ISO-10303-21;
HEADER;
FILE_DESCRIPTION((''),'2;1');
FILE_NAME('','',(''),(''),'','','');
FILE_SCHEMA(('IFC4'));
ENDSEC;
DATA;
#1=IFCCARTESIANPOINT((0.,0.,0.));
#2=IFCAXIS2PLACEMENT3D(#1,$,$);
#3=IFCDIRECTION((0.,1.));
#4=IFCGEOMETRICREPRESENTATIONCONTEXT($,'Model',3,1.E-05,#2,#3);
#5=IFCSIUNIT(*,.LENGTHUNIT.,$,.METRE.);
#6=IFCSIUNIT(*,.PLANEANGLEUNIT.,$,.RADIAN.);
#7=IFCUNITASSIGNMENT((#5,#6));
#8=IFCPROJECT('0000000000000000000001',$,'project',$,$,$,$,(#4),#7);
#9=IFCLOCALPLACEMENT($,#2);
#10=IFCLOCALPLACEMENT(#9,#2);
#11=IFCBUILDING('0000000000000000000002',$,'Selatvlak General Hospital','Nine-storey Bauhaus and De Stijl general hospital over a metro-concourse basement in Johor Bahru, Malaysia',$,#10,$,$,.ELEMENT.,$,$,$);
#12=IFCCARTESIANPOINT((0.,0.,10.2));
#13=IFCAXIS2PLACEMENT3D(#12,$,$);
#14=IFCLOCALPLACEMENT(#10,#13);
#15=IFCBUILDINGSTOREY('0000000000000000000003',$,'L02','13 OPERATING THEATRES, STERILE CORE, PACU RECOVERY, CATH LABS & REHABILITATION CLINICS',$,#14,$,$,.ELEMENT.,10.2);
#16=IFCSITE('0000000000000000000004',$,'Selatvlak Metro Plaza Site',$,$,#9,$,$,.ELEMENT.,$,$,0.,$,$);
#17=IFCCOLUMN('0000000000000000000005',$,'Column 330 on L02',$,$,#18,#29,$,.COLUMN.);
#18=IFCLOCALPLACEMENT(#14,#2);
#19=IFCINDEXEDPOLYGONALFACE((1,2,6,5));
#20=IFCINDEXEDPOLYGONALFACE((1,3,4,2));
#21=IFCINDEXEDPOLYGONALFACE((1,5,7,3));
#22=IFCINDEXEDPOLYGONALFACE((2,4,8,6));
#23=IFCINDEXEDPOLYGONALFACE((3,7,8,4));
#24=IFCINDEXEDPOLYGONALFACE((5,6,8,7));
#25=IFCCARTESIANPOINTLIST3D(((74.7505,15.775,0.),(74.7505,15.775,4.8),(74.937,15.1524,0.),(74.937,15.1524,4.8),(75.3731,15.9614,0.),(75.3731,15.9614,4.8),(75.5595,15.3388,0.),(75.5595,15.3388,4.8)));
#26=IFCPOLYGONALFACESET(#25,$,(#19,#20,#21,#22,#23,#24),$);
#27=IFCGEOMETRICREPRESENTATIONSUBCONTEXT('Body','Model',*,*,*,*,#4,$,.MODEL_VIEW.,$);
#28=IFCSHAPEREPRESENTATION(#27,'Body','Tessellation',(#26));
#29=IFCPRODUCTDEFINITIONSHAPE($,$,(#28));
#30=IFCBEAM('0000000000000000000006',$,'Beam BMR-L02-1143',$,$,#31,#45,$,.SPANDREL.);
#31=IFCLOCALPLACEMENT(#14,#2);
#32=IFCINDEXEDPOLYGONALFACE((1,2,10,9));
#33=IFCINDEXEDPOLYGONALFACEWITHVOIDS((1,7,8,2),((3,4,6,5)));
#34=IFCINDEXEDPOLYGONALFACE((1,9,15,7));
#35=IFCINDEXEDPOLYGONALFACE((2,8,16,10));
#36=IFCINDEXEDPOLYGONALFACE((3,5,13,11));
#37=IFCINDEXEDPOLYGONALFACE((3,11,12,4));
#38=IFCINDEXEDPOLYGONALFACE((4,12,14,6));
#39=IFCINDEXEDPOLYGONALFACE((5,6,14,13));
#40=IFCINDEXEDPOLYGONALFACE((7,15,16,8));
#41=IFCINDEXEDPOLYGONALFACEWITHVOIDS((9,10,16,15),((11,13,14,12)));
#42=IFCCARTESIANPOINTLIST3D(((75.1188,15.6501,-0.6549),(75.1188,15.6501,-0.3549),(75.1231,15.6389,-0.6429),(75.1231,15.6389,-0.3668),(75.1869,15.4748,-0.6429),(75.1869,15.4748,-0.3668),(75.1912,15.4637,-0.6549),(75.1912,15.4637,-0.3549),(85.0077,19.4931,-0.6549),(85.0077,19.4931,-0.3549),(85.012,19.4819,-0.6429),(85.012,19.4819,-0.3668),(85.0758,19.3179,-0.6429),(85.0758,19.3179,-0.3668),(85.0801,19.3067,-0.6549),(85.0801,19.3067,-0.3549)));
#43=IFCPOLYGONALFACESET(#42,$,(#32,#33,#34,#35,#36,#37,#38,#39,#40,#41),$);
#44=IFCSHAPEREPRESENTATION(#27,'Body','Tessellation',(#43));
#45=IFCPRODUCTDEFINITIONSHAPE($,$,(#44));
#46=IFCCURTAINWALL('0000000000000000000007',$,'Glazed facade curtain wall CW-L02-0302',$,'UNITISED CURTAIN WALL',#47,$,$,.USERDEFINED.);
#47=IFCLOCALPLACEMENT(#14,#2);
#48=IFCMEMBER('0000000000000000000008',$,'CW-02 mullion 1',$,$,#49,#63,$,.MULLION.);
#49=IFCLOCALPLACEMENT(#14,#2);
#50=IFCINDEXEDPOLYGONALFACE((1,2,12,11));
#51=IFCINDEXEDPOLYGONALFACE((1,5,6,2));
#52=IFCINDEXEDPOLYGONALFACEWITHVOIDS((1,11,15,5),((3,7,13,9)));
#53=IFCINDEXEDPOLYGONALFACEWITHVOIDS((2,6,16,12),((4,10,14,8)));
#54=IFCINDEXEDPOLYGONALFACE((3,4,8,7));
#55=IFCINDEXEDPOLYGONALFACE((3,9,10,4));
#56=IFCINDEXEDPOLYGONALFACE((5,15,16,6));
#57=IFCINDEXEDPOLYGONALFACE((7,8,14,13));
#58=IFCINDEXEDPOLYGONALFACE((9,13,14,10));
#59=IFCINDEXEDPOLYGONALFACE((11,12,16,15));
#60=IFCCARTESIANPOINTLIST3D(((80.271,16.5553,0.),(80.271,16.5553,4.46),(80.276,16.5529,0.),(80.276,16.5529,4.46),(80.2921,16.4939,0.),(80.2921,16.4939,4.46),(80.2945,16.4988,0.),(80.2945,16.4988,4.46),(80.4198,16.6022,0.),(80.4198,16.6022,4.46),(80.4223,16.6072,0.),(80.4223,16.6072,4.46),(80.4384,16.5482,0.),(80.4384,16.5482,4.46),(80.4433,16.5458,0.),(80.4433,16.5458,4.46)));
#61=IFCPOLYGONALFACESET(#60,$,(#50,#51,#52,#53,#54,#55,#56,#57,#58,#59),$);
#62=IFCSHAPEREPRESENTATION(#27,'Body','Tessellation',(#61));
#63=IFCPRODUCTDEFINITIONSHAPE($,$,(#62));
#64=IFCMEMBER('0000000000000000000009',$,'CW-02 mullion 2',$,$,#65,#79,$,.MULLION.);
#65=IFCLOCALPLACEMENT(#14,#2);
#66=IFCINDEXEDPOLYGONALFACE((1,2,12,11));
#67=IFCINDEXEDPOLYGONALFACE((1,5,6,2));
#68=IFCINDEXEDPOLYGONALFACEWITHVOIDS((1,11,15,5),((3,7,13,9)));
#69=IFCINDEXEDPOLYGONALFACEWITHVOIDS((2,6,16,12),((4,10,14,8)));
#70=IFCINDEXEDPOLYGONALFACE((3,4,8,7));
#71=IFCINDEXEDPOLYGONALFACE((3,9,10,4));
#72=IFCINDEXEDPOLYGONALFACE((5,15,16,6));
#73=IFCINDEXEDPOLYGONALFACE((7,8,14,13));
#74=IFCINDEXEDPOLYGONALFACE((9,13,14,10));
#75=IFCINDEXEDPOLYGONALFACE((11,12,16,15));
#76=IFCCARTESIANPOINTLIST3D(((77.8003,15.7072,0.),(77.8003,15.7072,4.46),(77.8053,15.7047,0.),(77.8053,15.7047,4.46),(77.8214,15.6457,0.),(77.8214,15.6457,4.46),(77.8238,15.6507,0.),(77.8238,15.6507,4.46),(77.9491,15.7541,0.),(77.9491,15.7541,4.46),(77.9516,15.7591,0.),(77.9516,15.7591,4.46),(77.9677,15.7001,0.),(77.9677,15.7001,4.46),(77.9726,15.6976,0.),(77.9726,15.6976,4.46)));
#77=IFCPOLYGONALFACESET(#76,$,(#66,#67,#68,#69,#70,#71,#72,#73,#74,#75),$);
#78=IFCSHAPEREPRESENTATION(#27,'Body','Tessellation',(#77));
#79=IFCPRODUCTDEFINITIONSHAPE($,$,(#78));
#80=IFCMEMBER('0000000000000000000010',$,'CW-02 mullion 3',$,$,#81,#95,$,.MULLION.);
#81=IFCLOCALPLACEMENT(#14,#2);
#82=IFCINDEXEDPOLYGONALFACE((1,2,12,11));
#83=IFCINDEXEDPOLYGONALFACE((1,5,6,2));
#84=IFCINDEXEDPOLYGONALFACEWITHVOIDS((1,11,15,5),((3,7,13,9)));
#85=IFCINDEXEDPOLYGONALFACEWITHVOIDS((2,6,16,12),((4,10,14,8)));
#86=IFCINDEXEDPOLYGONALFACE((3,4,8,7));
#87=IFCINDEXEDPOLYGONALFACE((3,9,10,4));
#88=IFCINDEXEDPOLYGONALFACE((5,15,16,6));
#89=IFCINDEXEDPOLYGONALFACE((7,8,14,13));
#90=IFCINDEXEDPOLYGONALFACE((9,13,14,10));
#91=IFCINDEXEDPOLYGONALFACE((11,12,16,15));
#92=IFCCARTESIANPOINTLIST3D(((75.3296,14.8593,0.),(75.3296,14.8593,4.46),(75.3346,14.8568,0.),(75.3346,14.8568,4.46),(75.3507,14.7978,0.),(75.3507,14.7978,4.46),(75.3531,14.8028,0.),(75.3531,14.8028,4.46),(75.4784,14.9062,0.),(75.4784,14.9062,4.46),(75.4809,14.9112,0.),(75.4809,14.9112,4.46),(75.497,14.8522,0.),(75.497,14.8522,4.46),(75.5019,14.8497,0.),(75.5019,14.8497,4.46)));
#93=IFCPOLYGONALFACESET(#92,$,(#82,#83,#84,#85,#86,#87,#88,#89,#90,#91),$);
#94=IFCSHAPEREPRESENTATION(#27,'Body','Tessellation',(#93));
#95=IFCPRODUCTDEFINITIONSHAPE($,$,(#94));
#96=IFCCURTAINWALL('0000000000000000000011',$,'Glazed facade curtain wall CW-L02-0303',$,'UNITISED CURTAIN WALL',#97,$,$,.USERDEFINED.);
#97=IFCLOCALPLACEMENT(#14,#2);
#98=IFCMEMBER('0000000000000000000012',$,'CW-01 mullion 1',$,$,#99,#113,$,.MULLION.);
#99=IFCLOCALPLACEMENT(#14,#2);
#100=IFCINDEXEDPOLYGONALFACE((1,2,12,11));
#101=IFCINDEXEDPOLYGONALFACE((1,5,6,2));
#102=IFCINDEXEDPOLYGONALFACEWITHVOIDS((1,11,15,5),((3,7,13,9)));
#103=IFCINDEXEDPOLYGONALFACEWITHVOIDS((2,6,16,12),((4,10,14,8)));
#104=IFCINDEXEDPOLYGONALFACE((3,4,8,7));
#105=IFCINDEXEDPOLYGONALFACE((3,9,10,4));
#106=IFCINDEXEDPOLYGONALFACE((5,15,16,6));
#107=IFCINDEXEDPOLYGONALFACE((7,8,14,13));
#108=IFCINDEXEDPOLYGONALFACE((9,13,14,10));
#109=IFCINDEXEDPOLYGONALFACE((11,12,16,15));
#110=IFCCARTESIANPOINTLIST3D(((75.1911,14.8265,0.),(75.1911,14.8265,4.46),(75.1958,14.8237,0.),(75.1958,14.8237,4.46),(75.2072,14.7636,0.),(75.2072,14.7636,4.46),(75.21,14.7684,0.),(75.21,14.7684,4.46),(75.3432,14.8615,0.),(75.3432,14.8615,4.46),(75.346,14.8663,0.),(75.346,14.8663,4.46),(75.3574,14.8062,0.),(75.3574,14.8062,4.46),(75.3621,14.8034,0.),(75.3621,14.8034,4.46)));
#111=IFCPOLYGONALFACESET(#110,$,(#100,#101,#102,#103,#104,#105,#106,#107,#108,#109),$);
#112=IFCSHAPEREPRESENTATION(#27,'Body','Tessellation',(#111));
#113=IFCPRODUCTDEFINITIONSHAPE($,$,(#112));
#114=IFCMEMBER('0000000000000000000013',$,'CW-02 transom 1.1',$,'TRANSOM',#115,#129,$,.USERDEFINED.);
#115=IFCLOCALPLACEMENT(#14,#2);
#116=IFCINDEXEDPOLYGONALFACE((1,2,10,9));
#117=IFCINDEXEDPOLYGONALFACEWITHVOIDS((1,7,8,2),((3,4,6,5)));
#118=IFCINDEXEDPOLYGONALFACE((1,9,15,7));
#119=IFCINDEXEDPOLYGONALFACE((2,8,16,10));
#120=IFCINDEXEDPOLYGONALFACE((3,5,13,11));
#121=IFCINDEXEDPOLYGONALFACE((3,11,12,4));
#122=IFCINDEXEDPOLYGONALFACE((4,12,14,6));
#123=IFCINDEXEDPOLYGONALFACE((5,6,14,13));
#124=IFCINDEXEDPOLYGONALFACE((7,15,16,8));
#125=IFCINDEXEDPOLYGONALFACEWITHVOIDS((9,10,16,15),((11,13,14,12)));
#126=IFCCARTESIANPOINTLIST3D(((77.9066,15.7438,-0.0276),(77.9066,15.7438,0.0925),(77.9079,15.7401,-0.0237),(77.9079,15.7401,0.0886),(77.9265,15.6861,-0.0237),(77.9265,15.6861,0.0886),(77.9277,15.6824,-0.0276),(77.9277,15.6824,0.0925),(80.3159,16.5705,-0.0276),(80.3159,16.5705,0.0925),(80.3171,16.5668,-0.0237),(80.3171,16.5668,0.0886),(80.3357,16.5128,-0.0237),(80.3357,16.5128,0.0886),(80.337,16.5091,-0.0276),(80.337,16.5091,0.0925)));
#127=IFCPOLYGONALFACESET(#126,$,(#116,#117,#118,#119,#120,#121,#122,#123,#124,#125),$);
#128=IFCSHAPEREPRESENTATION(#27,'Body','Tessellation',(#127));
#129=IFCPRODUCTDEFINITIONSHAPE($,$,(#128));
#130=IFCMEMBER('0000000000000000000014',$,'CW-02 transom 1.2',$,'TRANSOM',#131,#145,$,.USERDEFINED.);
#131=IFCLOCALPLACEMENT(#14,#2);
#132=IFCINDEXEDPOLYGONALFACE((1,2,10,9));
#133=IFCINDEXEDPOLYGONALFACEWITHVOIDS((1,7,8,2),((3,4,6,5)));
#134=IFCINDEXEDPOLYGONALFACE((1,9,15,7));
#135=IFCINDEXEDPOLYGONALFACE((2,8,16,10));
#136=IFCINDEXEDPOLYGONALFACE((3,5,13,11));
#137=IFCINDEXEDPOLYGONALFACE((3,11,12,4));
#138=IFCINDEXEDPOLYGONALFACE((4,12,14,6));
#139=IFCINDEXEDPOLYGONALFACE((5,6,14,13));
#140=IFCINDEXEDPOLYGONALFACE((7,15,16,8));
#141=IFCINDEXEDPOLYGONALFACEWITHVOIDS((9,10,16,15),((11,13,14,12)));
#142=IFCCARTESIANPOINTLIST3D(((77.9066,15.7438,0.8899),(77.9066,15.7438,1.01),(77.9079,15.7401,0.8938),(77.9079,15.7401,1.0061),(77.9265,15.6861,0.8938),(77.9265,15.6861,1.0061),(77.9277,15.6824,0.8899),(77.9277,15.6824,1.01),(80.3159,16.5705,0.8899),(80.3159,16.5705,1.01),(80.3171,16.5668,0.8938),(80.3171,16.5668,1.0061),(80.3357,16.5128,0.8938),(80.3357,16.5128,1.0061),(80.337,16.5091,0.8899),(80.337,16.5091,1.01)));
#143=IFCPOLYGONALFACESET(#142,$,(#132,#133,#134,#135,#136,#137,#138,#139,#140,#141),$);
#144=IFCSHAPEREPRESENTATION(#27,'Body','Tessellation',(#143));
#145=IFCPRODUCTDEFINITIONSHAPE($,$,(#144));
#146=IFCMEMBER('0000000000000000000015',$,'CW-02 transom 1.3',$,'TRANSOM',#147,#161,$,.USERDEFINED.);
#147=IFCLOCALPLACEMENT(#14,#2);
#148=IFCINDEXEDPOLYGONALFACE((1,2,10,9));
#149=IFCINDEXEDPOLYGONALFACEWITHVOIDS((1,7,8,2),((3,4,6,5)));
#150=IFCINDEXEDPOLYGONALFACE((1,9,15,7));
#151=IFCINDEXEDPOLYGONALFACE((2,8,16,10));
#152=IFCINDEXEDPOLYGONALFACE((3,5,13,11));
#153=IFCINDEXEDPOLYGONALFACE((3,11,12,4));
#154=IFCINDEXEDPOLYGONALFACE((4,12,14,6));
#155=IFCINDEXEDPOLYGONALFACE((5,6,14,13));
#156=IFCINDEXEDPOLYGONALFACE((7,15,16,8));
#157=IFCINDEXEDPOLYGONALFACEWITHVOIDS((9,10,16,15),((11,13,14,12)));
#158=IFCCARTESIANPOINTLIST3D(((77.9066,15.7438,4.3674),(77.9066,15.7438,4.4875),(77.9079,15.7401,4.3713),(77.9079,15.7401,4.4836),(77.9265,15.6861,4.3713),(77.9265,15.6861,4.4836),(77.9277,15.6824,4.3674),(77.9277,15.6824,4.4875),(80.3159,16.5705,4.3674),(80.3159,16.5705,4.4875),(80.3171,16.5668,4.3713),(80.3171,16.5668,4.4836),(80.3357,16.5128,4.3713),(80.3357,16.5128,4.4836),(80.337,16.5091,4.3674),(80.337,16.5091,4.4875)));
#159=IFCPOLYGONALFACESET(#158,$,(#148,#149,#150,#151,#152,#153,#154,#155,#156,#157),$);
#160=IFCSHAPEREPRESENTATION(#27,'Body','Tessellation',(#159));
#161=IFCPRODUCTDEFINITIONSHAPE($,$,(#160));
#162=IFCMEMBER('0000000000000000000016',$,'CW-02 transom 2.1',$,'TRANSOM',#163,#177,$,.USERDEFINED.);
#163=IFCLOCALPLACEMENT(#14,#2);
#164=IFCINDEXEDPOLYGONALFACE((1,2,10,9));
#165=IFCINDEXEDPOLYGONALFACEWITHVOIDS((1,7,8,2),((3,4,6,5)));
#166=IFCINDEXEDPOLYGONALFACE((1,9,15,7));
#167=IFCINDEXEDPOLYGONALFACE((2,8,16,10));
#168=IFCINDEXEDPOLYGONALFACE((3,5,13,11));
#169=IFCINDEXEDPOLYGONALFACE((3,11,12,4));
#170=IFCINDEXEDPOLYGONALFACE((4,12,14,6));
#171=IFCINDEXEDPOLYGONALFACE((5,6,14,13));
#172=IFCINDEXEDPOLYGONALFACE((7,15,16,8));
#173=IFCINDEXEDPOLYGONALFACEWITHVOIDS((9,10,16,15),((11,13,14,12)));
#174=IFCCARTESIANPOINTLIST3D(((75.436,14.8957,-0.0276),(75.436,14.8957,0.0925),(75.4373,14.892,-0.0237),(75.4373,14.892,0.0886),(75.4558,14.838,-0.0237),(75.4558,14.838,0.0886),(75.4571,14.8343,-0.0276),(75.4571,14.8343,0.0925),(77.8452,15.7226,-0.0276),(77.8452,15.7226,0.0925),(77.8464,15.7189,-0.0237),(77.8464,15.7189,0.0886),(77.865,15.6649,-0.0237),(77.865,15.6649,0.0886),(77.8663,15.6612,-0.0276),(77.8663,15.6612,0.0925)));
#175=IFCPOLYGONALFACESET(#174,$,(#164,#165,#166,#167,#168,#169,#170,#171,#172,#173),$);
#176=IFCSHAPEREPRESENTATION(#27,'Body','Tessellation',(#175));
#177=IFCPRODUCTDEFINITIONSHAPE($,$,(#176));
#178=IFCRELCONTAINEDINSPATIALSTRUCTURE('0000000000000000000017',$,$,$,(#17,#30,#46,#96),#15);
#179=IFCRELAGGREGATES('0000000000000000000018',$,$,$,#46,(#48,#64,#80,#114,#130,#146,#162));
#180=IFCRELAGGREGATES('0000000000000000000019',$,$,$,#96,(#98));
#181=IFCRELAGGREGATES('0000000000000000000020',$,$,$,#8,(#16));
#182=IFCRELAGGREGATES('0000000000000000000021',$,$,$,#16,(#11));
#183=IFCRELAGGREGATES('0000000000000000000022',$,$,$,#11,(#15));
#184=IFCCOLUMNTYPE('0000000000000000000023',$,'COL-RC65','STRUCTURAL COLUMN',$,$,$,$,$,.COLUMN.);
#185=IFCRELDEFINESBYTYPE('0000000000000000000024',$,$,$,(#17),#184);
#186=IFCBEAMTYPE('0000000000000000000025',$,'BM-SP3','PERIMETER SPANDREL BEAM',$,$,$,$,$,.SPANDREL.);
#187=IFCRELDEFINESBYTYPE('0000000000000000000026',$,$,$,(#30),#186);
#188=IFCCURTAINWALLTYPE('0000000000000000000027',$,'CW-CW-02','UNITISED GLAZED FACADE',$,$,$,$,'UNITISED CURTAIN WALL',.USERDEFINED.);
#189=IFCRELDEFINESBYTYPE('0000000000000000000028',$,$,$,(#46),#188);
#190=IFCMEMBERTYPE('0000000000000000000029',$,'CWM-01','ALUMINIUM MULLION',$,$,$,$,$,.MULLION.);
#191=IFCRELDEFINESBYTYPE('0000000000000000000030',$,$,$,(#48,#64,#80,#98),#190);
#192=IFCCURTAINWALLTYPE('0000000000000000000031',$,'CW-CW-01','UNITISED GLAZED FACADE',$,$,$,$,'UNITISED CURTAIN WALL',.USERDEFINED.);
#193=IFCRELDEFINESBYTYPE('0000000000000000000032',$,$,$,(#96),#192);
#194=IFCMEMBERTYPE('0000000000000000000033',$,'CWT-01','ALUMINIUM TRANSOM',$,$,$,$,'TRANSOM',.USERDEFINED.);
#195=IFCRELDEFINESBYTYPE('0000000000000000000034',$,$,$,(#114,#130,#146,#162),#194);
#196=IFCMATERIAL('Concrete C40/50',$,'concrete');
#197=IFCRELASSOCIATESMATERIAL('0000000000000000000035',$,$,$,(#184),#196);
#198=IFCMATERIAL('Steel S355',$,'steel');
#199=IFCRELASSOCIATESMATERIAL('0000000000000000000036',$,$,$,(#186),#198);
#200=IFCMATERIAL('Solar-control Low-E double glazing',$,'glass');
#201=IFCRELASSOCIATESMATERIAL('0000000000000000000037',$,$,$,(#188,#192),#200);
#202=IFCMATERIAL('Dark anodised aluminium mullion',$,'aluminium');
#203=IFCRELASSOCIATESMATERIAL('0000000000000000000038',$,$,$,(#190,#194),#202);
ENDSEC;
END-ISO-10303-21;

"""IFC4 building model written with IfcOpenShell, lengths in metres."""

from ifc_helpers import new_model, si_unit, direction, frame, origin, origin_2d, place, context, subcontext, project, spatial, rectangle, hollow_rectangle, extrude, material, material_profile, profile_set, type_object, element, aggregate, save


model = new_model("IFC4")

# Units and contexts
model_context = context("Model", 3, precision=1e-05, world=origin(), true_north=direction((0.0, 1.0)))
body_context = subcontext(model_context, "Body", "Model", "MODEL_VIEW")
ifc_project = project(units=[si_unit("LENGTHUNIT", "METRE"), si_unit("PLANEANGLEUNIT", "RADIAN")], contexts=[model_context])

# Site, building, storey
site_placement = place(None, origin())
site = spatial("IfcSite", under=ifc_project, at=site_placement, Name="Selatvlak Metro Plaza Site", CompositionType="ELEMENT", RefElevation=0.0)
building_placement = place(site_placement, origin())
building = spatial("IfcBuilding", under=site, at=building_placement, Name="Selatvlak General Hospital", Description="Nine-storey Bauhaus and De Stijl general hospital over a metro-concourse basement in Johor Bahru, Malaysia", CompositionType="ELEMENT")
storey_placement = place(building_placement, frame((0.0, 0.0, 10.2)))
storey = spatial("IfcBuildingStorey", under=building, at=storey_placement, Name="L02", Description="13 OPERATING THEATRES, STERILE CORE, PACU RECOVERY, CATH LABS & REHABILITATION CLINICS", CompositionType="ELEMENT", Elevation=10.2)

# Column
ifc_material_1 = material(Name="Concrete C40/50", Category="concrete")
ifc_material_profile_1 = material_profile(ifc_material_1, rectangle(XDim=0.6499, YDim=0.6499, at=origin_2d()), Name="RC-COL 650x650")
ifc_profile_set_1 = profile_set([ifc_material_profile_1], Name="Concrete C40/50")
column_type = type_object("IfcColumnType", Name="COL-RC65", Description="STRUCTURAL COLUMN", PredefinedType="COLUMN", material=ifc_profile_set_1)
column_placement = place(storey_placement, frame((75.155, 15.5569, 0.0), z_axis=(0.0, 0.0, 1.0), x_axis=(-0.286859, 0.957973, 0.0)))
element("IfcColumn", 1, at=column_placement, inside=storey, type_object=column_type, Name="Column 330 on L02", PredefinedType="COLUMN", context=body_context, shape_type="SweptSolid", body=[
    extrude(rectangle(XDim=0.6499, YDim=0.6499, at=origin_2d()), origin(), (0.0, 0.0, 1.0), 4.8),
])

# Beam
ifc_material_2 = material(Name="Steel S355", Category="steel")
ifc_material_profile_2 = material_profile(ifc_material_2, hollow_rectangle(XDim=0.2, YDim=0.3, WallThickness=0.012, at=origin_2d()), Name="RHS 300x200x12")
ifc_profile_set_2 = profile_set([ifc_material_profile_2], Name="Steel S355")
beam_type = type_object("IfcBeamType", Name="BM-SP3", Description="PERIMETER SPANDREL BEAM", PredefinedType="SPANDREL", material=ifc_profile_set_2)
beam_placement = place(storey_placement, frame((75.155, 15.5569, -0.5049), z_axis=(0.93209, 0.362227, 0.0), x_axis=(-0.362227, 0.93209, 0.0)))
element("IfcBeam", 2, at=beam_placement, inside=storey, type_object=beam_type, Name="Beam BMR-L02-1143", PredefinedType="SPANDREL", context=body_context, shape_type="SweptSolid", body=[
    extrude(hollow_rectangle(XDim=0.2, YDim=0.3, WallThickness=0.012, at=origin_2d()), origin(), (0.0, 0.0, 1.0), 10.6094),
])

# Curtain wall, members
ifc_material_3 = material(Name="Solar-control Low-E double glazing", Category="glass")
curtain_wall_type_1 = type_object("IfcCurtainWallType", Name="CW-CW-02", Description="UNITISED GLAZED FACADE", ElementType="UNITISED CURTAIN WALL", PredefinedType="USERDEFINED", material=ifc_material_3)
curtain_wall_1_placement = place(storey_placement, origin())
curtain_wall_1 = element("IfcCurtainWall", 3, at=curtain_wall_1_placement, inside=storey, type_object=curtain_wall_type_1, Name="Glazed facade curtain wall CW-L02-0302", ObjectType="UNITISED CURTAIN WALL", PredefinedType="USERDEFINED")
ifc_material_4 = material(Name="Dark anodised aluminium mullion", Category="aluminium")
ifc_material_profile_3 = material_profile(ifc_material_4, hollow_rectangle(XDim=0.0649, YDim=0.1599, WallThickness=0.0039, at=origin_2d()), Name="AL-MUL 65x160x4")
ifc_profile_set_3 = profile_set([ifc_material_profile_3], Name="Dark anodised aluminium mullion")
member_type_1 = type_object("IfcMemberType", Name="CWM-01", Description="ALUMINIUM MULLION", PredefinedType="MULLION", material=ifc_profile_set_3)
member_1_placement = place(storey_placement, frame((80.3572, 16.5505, 0.0), z_axis=(0.0, 0.0, 1.0), x_axis=(0.324609, -0.945848, 0.0)))
member_1 = element("IfcMember", 4, at=member_1_placement, type_object=member_type_1, Name="CW-02 mullion 1", PredefinedType="MULLION", context=body_context, shape_type="SweptSolid", body=[
    extrude(hollow_rectangle(XDim=0.0649, YDim=0.1599, WallThickness=0.0039, at=origin_2d()), origin(), (0.0, 0.0, 1.0), 4.46),
])
member_2_placement = place(storey_placement, frame((77.8865, 15.7024, 0.0), z_axis=(0.0, 0.0, 1.0), x_axis=(0.324609, -0.945848, 0.0)))
member_2 = element("IfcMember", 5, at=member_2_placement, type_object=member_type_1, Name="CW-02 mullion 2", PredefinedType="MULLION", context=body_context, shape_type="SweptSolid", body=[
    extrude(hollow_rectangle(XDim=0.0649, YDim=0.1599, WallThickness=0.0039, at=origin_2d()), origin(), (0.0, 0.0, 1.0), 4.46),
])
member_3_placement = place(storey_placement, frame((75.4158, 14.8545, 0.0), z_axis=(0.0, 0.0, 1.0), x_axis=(0.324609, -0.945848, 0.0)))
member_3 = element("IfcMember", 6, at=member_3_placement, type_object=member_type_1, Name="CW-02 mullion 3", PredefinedType="MULLION", context=body_context, shape_type="SweptSolid", body=[
    extrude(hollow_rectangle(XDim=0.0649, YDim=0.1599, WallThickness=0.0039, at=origin_2d()), origin(), (0.0, 0.0, 1.0), 4.46),
])

# Curtain wall, member
curtain_wall_type_2 = type_object("IfcCurtainWallType", Name="CW-CW-01", Description="UNITISED GLAZED FACADE", ElementType="UNITISED CURTAIN WALL", PredefinedType="USERDEFINED", material=ifc_material_3)
curtain_wall_2_placement = place(storey_placement, origin())
curtain_wall_2 = element("IfcCurtainWall", 7, at=curtain_wall_2_placement, inside=storey, type_object=curtain_wall_type_2, Name="Glazed facade curtain wall CW-L02-0303", ObjectType="UNITISED CURTAIN WALL", PredefinedType="USERDEFINED")
member_4_placement = place(storey_placement, frame((75.2766, 14.8149, 0.0), z_axis=(0.0, 0.0, 1.0), x_axis=(0.248544, -0.968621, 0.0)))
member_4 = element("IfcMember", 8, at=member_4_placement, type_object=member_type_1, Name="CW-01 mullion 1", PredefinedType="MULLION", context=body_context, shape_type="SweptSolid", body=[
    extrude(hollow_rectangle(XDim=0.0649, YDim=0.1599, WallThickness=0.0039, at=origin_2d()), origin(), (0.0, 0.0, 1.0), 4.46),
])

# Members
ifc_material_profile_4 = material_profile(ifc_material_4, hollow_rectangle(XDim=0.0649, YDim=0.1201, WallThickness=0.0039, at=origin_2d()), Name="AL-TRN 65x120x4")
ifc_profile_set_4 = profile_set([ifc_material_profile_4], Name="Dark anodised aluminium mullion")
member_type_2 = type_object("IfcMemberType", Name="CWT-01", Description="ALUMINIUM TRANSOM", ElementType="TRANSOM", PredefinedType="USERDEFINED", material=ifc_profile_set_4)
member_5_placement = place(storey_placement, frame((80.3264, 16.5398, 0.0325), z_axis=(-0.945867, -0.324555, 0.0), x_axis=(0.324555, -0.945867, 0.0)))
member_5 = element("IfcMember", 9, at=member_5_placement, type_object=member_type_2, Name="CW-02 transom 1.1", ObjectType="TRANSOM", PredefinedType="USERDEFINED", context=body_context, shape_type="SweptSolid", body=[
    extrude(hollow_rectangle(XDim=0.0649, YDim=0.1201, WallThickness=0.0039, at=origin_2d()), origin(), (0.0, 0.0, 1.0), 2.5471),
])
member_6_placement = place(storey_placement, frame((80.3264, 16.5398, 0.95), z_axis=(-0.945867, -0.324555, 0.0), x_axis=(0.324555, -0.945867, 0.0)))
member_6 = element("IfcMember", 10, at=member_6_placement, type_object=member_type_2, Name="CW-02 transom 1.2", ObjectType="TRANSOM", PredefinedType="USERDEFINED", context=body_context, shape_type="SweptSolid", body=[
    extrude(hollow_rectangle(XDim=0.0649, YDim=0.1201, WallThickness=0.0039, at=origin_2d()), origin(), (0.0, 0.0, 1.0), 2.5471),
])
member_7_placement = place(storey_placement, frame((80.3264, 16.5398, 4.4275), z_axis=(-0.945867, -0.324555, 0.0), x_axis=(0.324555, -0.945867, 0.0)))
member_7 = element("IfcMember", 11, at=member_7_placement, type_object=member_type_2, Name="CW-02 transom 1.3", ObjectType="TRANSOM", PredefinedType="USERDEFINED", context=body_context, shape_type="SweptSolid", body=[
    extrude(hollow_rectangle(XDim=0.0649, YDim=0.1201, WallThickness=0.0039, at=origin_2d()), origin(), (0.0, 0.0, 1.0), 2.5471),
])
member_8_placement = place(storey_placement, frame((77.8557, 15.6919, 0.0325), z_axis=(-0.945838, -0.32464, 0.0), x_axis=(0.32464, -0.945838, 0.0)))
member_8 = element("IfcMember", 12, at=member_8_placement, type_object=member_type_2, Name="CW-02 transom 2.1", ObjectType="TRANSOM", PredefinedType="USERDEFINED", context=body_context, shape_type="SweptSolid", body=[
    extrude(hollow_rectangle(XDim=0.0649, YDim=0.1201, WallThickness=0.0039, at=origin_2d()), origin(), (0.0, 0.0, 1.0), 2.5471),
])

aggregate(curtain_wall_1, [member_1, member_2, member_3, member_5, member_6, member_7, member_8])
aggregate(curtain_wall_2, [member_4])

save(model, "model.ifc")
